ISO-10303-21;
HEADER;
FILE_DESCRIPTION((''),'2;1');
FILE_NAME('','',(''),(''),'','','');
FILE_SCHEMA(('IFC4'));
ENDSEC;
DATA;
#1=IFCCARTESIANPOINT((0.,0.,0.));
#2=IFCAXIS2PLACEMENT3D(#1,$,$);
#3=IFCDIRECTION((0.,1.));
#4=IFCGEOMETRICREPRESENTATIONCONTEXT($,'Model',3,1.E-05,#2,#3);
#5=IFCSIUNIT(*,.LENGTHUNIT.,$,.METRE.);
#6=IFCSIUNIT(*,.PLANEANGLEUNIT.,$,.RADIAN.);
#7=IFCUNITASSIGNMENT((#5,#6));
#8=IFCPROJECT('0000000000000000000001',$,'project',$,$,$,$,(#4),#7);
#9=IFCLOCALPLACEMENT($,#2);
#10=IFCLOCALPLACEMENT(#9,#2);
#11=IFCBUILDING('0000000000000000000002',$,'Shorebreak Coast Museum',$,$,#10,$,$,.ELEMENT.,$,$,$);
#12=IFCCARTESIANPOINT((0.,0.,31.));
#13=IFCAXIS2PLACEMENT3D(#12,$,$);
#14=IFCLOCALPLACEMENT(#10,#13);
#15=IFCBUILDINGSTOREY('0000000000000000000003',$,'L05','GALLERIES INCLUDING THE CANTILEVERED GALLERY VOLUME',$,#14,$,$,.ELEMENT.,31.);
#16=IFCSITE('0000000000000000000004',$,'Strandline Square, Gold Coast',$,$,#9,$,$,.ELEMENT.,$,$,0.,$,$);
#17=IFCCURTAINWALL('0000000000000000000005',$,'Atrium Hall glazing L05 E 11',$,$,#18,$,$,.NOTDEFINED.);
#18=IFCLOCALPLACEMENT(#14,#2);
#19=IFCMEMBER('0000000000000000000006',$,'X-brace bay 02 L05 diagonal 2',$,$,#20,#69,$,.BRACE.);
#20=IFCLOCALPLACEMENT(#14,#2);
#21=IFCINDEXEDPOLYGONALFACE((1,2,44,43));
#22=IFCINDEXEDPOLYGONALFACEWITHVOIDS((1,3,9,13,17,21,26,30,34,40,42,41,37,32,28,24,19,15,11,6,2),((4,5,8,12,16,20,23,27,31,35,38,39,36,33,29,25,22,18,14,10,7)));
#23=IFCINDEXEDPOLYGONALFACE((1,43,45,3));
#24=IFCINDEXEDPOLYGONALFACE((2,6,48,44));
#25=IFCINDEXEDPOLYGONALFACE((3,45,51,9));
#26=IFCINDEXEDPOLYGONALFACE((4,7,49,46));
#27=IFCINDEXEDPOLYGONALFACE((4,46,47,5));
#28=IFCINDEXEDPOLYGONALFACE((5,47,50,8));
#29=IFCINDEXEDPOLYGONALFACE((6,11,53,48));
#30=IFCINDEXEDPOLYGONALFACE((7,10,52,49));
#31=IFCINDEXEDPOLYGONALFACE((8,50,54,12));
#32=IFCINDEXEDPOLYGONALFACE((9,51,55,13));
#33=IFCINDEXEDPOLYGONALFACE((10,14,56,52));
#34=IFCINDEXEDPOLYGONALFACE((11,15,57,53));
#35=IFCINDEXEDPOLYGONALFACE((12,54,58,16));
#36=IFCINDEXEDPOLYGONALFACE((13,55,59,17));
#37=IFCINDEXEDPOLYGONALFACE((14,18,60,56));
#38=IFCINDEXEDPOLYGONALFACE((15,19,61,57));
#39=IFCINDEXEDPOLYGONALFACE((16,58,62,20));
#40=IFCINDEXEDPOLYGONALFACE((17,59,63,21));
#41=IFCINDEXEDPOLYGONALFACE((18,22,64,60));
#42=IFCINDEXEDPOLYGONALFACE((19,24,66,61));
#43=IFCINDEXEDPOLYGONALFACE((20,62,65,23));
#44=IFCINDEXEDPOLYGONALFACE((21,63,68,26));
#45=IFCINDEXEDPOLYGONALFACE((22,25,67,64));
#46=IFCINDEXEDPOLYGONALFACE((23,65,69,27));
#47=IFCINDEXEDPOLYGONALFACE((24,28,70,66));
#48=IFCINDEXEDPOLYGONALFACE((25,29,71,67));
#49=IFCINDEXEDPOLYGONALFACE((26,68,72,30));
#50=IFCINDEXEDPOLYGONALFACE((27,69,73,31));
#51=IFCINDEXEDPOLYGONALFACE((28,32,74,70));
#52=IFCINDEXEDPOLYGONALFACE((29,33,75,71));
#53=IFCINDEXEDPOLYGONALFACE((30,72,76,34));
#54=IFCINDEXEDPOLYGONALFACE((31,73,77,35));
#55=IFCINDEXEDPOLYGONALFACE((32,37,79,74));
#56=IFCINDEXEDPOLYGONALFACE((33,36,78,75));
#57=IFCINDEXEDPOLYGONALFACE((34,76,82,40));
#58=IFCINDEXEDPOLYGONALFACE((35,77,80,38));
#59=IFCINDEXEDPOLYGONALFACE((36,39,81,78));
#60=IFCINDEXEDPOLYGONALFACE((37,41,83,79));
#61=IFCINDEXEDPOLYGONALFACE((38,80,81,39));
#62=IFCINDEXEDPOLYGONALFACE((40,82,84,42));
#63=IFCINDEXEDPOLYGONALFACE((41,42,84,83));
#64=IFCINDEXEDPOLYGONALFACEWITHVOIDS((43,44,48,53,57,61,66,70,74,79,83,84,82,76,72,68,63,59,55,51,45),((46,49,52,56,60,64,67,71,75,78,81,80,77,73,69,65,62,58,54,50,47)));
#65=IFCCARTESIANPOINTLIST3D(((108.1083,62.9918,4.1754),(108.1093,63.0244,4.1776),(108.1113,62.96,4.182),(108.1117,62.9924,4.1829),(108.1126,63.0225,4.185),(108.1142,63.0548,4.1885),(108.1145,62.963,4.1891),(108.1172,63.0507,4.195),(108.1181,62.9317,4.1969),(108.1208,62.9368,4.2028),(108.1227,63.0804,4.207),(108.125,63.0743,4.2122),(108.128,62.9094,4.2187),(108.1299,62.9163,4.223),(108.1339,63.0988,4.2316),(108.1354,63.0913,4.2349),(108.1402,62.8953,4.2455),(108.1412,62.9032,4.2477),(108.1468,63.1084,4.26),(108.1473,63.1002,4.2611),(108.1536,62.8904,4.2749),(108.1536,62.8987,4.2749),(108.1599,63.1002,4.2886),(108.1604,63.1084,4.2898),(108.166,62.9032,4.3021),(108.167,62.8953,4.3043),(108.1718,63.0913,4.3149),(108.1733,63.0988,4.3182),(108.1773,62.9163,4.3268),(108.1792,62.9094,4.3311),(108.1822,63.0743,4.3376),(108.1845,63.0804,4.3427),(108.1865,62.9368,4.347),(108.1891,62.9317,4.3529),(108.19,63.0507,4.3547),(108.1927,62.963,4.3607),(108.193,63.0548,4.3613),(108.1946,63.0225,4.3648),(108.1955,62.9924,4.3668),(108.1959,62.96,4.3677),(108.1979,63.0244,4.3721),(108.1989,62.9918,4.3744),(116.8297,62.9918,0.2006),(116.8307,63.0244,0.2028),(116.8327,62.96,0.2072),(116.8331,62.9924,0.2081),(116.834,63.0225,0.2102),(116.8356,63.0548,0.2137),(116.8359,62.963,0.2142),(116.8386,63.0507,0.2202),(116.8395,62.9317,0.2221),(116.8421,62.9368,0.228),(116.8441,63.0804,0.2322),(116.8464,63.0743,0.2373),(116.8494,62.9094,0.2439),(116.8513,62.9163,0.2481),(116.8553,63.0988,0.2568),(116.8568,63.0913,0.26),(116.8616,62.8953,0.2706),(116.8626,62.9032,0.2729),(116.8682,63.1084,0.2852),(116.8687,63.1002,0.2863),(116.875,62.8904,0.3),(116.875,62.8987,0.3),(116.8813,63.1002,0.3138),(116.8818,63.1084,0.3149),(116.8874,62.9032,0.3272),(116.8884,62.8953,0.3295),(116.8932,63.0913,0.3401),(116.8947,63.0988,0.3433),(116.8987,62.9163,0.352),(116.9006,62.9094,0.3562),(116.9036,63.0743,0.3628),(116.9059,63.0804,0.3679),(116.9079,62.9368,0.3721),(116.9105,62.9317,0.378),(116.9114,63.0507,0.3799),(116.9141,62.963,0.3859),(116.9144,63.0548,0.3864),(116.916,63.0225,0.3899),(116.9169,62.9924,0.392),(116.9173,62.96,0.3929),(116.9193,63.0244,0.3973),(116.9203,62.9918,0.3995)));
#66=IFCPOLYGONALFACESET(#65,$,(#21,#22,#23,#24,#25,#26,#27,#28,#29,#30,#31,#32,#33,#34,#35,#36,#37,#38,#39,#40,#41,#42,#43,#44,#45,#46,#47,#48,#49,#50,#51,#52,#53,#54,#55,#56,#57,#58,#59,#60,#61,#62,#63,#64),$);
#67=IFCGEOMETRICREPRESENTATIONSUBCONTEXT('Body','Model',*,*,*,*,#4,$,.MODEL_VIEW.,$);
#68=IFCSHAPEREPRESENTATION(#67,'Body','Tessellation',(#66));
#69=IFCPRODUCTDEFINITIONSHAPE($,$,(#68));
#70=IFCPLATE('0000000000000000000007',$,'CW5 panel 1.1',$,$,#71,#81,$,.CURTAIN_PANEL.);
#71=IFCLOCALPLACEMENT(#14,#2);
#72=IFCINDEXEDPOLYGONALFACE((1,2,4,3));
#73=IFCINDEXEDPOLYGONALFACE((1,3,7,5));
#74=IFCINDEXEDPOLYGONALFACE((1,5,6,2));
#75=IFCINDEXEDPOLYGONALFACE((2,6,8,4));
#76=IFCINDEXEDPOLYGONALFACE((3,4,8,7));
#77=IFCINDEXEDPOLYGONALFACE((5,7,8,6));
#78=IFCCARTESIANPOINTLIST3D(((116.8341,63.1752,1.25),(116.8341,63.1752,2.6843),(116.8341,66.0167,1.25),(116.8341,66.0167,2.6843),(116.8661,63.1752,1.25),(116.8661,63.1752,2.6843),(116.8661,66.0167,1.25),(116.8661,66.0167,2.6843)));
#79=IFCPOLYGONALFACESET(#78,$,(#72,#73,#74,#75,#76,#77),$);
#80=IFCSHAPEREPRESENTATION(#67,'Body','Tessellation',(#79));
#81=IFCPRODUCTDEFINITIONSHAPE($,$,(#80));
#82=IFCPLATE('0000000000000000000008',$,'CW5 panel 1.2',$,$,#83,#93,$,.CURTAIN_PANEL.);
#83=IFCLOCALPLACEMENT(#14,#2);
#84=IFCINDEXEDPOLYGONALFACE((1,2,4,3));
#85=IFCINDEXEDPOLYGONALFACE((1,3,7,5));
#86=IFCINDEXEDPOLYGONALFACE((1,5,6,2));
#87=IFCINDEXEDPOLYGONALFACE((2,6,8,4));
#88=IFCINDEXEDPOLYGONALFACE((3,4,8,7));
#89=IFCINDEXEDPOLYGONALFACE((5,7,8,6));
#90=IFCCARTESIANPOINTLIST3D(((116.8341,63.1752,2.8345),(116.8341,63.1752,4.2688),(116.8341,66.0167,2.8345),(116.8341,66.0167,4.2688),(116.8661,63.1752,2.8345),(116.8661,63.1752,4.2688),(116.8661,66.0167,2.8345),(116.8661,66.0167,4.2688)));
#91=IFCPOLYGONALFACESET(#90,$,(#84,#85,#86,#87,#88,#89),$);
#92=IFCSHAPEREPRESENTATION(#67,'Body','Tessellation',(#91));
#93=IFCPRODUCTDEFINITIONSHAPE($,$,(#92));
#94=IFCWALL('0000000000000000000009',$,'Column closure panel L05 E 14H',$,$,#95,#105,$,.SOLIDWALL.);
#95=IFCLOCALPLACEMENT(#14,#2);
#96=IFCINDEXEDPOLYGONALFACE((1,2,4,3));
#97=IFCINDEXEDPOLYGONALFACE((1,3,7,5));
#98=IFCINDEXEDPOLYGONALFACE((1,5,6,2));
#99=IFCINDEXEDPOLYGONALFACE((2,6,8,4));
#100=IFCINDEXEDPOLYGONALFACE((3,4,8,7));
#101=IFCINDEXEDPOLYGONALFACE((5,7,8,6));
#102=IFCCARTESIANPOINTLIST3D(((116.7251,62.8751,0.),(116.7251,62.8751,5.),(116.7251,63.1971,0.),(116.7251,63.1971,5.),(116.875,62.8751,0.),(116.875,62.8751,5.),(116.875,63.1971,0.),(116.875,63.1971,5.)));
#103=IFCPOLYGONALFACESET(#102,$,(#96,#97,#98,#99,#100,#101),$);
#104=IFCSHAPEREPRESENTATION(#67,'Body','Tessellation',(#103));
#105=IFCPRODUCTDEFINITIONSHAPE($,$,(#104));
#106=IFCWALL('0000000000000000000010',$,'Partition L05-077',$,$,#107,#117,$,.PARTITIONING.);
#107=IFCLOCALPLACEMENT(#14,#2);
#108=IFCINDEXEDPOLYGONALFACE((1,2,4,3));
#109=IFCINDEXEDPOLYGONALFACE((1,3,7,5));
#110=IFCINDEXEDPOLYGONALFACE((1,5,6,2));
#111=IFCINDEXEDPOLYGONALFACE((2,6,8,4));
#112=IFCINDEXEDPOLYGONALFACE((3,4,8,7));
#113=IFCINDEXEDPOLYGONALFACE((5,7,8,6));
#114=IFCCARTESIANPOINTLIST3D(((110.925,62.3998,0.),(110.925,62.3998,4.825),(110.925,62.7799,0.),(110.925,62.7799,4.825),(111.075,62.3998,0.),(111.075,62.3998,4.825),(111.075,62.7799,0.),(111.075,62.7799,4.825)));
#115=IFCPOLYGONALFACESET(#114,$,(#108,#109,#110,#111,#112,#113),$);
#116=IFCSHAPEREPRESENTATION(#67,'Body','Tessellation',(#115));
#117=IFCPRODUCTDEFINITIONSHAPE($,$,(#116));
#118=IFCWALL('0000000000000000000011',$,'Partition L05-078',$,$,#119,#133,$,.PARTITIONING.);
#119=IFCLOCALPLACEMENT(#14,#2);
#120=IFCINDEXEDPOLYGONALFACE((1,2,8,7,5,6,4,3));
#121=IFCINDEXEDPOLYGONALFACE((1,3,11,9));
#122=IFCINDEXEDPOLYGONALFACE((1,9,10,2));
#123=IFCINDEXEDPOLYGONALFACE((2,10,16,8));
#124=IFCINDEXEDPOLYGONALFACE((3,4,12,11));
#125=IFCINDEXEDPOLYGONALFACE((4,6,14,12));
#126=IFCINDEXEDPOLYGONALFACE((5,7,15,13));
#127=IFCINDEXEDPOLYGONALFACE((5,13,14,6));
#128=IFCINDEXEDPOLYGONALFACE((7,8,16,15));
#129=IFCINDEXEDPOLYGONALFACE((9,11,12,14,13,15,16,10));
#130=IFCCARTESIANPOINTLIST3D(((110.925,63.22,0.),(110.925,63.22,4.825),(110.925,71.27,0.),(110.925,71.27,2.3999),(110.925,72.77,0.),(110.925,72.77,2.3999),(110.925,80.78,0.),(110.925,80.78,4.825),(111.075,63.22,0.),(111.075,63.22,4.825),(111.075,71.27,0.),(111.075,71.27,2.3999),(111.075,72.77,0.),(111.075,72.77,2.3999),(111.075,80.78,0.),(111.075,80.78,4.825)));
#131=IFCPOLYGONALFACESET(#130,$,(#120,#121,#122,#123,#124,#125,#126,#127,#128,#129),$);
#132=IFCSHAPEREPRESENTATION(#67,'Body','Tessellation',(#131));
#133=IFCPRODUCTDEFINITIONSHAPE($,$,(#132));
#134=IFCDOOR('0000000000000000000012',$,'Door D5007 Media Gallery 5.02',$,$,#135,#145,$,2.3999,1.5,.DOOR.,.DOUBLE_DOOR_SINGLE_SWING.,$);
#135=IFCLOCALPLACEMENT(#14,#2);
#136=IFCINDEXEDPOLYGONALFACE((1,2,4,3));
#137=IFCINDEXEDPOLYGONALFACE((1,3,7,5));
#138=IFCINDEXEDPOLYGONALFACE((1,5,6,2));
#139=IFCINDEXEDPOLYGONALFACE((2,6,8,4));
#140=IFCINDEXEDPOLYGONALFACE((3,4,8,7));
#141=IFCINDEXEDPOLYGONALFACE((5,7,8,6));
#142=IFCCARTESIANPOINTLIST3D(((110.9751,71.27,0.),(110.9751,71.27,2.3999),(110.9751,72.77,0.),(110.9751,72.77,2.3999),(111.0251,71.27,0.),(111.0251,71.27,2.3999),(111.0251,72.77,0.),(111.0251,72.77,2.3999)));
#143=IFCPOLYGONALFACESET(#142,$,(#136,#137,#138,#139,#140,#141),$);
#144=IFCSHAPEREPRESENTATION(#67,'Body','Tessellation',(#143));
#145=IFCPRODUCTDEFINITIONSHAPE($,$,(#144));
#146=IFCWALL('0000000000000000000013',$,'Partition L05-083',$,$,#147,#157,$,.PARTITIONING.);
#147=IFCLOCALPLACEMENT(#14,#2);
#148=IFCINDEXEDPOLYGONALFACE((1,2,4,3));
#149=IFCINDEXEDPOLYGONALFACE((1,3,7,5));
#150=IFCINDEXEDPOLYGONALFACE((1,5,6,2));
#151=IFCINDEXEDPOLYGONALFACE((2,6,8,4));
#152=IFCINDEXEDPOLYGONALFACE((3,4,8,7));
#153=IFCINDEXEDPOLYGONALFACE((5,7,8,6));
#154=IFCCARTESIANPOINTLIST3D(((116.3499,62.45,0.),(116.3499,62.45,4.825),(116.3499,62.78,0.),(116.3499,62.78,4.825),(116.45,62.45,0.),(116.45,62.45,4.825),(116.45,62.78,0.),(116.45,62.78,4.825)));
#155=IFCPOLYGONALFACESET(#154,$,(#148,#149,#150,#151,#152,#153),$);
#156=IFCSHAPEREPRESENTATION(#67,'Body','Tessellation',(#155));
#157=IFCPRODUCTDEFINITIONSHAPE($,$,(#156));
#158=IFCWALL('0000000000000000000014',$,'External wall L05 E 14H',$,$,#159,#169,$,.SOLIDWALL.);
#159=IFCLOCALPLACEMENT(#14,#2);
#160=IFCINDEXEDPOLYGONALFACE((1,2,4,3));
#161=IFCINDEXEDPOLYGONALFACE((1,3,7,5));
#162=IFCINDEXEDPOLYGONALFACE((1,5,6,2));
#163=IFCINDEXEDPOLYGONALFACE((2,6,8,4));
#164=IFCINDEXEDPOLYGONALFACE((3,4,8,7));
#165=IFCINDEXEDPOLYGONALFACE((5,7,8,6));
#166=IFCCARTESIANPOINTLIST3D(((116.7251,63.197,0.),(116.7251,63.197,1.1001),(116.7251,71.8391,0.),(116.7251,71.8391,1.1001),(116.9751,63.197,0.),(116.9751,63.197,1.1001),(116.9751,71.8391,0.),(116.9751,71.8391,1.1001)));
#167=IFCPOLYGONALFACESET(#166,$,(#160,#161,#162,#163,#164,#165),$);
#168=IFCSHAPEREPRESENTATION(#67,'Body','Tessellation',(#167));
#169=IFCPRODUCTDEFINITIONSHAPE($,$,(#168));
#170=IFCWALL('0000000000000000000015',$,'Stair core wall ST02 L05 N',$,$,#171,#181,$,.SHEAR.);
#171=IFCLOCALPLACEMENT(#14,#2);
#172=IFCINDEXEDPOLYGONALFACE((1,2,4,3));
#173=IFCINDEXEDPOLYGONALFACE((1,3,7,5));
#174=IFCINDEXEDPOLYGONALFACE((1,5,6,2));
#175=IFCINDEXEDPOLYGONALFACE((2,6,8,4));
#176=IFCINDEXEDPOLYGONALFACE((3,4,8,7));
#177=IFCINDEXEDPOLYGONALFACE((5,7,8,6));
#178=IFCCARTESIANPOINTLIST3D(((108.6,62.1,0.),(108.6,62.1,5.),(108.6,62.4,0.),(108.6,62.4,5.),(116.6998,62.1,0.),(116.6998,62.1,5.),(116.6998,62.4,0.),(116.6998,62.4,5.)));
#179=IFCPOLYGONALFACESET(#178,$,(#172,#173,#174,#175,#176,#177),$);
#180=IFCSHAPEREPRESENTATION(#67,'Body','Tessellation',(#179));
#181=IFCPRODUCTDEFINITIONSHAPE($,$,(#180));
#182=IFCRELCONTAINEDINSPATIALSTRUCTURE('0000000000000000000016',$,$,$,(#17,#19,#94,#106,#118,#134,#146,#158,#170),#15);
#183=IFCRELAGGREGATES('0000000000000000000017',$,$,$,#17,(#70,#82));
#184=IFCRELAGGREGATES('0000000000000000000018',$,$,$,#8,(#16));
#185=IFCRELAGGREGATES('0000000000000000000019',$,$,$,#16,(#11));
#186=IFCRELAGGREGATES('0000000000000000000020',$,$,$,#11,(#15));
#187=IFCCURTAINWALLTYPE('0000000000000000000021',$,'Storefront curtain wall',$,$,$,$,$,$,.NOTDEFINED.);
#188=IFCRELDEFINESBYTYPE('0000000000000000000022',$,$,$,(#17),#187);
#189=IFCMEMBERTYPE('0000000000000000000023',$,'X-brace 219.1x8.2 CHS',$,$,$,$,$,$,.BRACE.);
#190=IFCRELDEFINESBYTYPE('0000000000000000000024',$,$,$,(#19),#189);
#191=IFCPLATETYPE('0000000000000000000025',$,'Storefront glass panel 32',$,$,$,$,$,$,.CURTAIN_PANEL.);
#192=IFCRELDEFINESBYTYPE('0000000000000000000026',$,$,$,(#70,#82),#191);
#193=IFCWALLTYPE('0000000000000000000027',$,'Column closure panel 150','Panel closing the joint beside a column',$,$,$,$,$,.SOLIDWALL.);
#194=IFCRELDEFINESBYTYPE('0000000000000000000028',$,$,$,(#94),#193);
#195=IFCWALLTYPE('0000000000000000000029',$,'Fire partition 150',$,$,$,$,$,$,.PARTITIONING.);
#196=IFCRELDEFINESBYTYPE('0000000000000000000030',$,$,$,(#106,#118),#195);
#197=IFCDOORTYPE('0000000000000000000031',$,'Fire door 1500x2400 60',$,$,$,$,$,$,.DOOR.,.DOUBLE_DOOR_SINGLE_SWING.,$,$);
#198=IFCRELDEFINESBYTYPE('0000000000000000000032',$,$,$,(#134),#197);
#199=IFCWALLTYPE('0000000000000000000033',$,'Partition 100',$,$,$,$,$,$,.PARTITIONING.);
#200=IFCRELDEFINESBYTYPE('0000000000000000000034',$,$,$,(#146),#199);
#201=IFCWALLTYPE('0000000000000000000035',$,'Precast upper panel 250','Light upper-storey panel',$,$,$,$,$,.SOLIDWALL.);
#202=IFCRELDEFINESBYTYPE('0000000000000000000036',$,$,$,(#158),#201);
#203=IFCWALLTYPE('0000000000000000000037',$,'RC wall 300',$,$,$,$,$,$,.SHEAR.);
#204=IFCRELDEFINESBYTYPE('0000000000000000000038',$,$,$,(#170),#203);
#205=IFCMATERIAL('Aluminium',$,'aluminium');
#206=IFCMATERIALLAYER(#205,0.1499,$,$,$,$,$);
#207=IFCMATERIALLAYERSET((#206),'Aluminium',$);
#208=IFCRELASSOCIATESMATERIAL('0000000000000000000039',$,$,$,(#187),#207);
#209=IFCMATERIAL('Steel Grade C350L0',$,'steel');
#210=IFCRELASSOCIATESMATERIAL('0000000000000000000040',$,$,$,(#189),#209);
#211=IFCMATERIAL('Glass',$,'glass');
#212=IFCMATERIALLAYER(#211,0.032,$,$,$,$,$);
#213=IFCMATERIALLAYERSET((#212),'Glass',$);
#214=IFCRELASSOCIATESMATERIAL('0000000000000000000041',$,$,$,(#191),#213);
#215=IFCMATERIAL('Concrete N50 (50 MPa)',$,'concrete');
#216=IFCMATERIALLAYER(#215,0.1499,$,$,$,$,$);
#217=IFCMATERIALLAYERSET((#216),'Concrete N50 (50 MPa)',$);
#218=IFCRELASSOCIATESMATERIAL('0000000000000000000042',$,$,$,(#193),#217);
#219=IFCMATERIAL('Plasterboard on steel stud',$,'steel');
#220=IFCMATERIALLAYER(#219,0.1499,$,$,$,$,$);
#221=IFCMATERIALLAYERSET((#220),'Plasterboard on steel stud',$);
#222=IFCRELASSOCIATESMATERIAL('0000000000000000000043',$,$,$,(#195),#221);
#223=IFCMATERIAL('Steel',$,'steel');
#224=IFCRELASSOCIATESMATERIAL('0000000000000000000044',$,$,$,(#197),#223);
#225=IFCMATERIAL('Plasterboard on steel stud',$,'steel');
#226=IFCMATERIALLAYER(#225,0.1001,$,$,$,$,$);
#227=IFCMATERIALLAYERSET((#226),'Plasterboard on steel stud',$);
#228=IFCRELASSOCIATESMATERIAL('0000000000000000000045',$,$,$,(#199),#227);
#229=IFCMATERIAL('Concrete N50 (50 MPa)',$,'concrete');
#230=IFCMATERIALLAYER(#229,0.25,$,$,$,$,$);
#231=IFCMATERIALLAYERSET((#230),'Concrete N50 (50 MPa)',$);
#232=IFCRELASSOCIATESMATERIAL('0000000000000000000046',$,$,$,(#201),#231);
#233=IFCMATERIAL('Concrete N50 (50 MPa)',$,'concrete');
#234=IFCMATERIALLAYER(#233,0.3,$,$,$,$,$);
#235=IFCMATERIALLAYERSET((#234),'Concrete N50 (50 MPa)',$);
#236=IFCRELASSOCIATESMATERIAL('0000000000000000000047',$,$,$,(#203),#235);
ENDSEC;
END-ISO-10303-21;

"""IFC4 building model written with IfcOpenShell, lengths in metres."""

from ifc_helpers import new_model, si_unit, direction, frame, frame_2d, origin, origin_2d, place, context, subcontext, project, spatial, rectangle, hollow_circle, extrude, material, layer, layer_set, material_profile, profile_set, type_object, element, fill, aggregate, save


model = new_model("IFC4")

# Units and contexts
model_context = context("Model", 3, precision=1e-05, world=origin(), true_north=direction((0.0, 1.0)))
body_context = subcontext(model_context, "Body", "Model", "MODEL_VIEW")
ifc_project = project(units=[si_unit("LENGTHUNIT", "METRE"), si_unit("PLANEANGLEUNIT", "RADIAN")], contexts=[model_context])

# Site, building, storey
site_placement = place(None, origin())
site = spatial("IfcSite", under=ifc_project, at=site_placement, Name="Strandline Square, Gold Coast", CompositionType="ELEMENT", RefElevation=0.0)
building_placement = place(site_placement, origin())
building = spatial("IfcBuilding", under=site, at=building_placement, Name="Shorebreak Coast Museum", CompositionType="ELEMENT")
storey_placement = place(building_placement, frame((0.0, 0.0, 31.0)))
storey = spatial("IfcBuildingStorey", under=building, at=storey_placement, Name="L05", Description="GALLERIES INCLUDING THE CANTILEVERED GALLERY VOLUME", CompositionType="ELEMENT", Elevation=31.0)

# Curtain wall
ifc_material_1 = material(Name="Aluminium", Category="aluminium")
ifc_layer_1 = layer(ifc_material_1, 0.1499)
ifc_layer_set_1 = layer_set([ifc_layer_1], Name="Aluminium")
curtain_wall_type = type_object("IfcCurtainWallType", Name="Storefront curtain wall", PredefinedType="NOTDEFINED", material=ifc_layer_set_1)
curtain_wall_placement = place(storey_placement, origin())
curtain_wall = element("IfcCurtainWall", 1, at=curtain_wall_placement, inside=storey, type_object=curtain_wall_type, Name="Atrium Hall glazing L05 E 11", PredefinedType="NOTDEFINED")

# Member
ifc_material_2 = material(Name="Steel Grade C350L0", Category="steel")
ifc_material_profile_1 = material_profile(ifc_material_2, hollow_circle(Radius=0.1096, WallThickness=0.0083, at=origin_2d()), Name="219.1x8.2 CHS")
ifc_profile_set_1 = profile_set([ifc_material_profile_1], Name="Steel Grade C350L0")
member_type_1 = type_object("IfcMemberType", Name="X-brace 219.1x8.2 CHS", PredefinedType="BRACE", material=ifc_profile_set_1)
for number, where, z_axis, x_axis, name in (
    (2, (116.875, 63.0, 0.3), (-0.909951, 0.0, 0.414716), (0.0, -1.0, 0.0), "X-brace bay 02 L05 diagonal 2"),
):
    element("IfcMember", number, at=place(storey_placement, frame(where, z_axis=z_axis, x_axis=x_axis)), inside=storey, type_object=member_type_1, Name=name, PredefinedType="BRACE", context=body_context, shape_type="SweptSolid", body=[
        extrude(hollow_circle(Radius=0.1096, WallThickness=0.0083, at=origin_2d()), origin(), (0.0, 0.0, 1.0), 9.5845),
    ])

# Plates
ifc_material_3 = material(Name="Glass", Category="glass")
ifc_layer_2 = layer(ifc_material_3, 0.032)
ifc_layer_set_2 = layer_set([ifc_layer_2], Name="Glass")
plate_type = type_object("IfcPlateType", Name="Storefront glass panel 32", PredefinedType="CURTAIN_PANEL", material=ifc_layer_set_2)
plate_1_placement = place(storey_placement, frame((116.8501, 64.5959, 1.25), z_axis=(0.0, 0.0, 1.0), x_axis=(0.0, 1.0, 0.0)))
plate_1 = element("IfcPlate", 3, at=plate_1_placement, type_object=plate_type, Name="CW5 panel 1.1", PredefinedType="CURTAIN_PANEL", context=body_context, shape_type="SweptSolid", body=[
    extrude(rectangle(XDim=2.8416, YDim=0.032, at=origin_2d()), origin(), (0.0, 0.0, 1.0), 1.4343),
])
plate_2_placement = place(storey_placement, frame((116.8501, 64.5959, 2.8345), z_axis=(0.0, 0.0, 1.0), x_axis=(0.0, 1.0, 0.0)))
plate_2 = element("IfcPlate", 4, at=plate_2_placement, type_object=plate_type, Name="CW5 panel 1.2", PredefinedType="CURTAIN_PANEL", context=body_context, shape_type="SweptSolid", body=[
    extrude(rectangle(XDim=2.8416, YDim=0.032, at=origin_2d()), origin(), (0.0, 0.0, 1.0), 1.4343),
])
aggregate(curtain_wall, [plate_1, plate_2])

# Walls
ifc_material_4 = material(Name="Concrete N50 (50 MPa)", Category="concrete")
ifc_layer_3 = layer(ifc_material_4, 0.1499)
ifc_layer_set_3 = layer_set([ifc_layer_3], Name="Concrete N50 (50 MPa)")
wall_type_1 = type_object("IfcWallType", Name="Column closure panel 150", Description="Panel closing the joint beside a column", PredefinedType="SOLIDWALL", material=ifc_layer_set_3)
wall_1_placement = place(storey_placement, frame((116.8, 62.875, 0.0), z_axis=(0.0, 0.0, 1.0), x_axis=(0.0, 1.0, 0.0)))
element("IfcWall", 5, at=wall_1_placement, inside=storey, type_object=wall_type_1, Name="Column closure panel L05 E 14H", PredefinedType="SOLIDWALL", context=body_context, shape_type="SweptSolid", body=[
    extrude(rectangle(XDim=0.322, YDim=0.1499, at=frame_2d((0.1611, 0.0))), origin(), (0.0, 0.0, 1.0), 5.0),
])
ifc_material_5 = material(Name="Plasterboard on steel stud", Category="steel")
ifc_layer_4 = layer(ifc_material_5, 0.1499)
ifc_layer_set_4 = layer_set([ifc_layer_4], Name="Plasterboard on steel stud")
wall_type_2 = type_object("IfcWallType", Name="Fire partition 150", PredefinedType="PARTITIONING", material=ifc_layer_set_4)
wall_2_placement = place(storey_placement, frame((111.0, 62.3999, 0.0), z_axis=(0.0, 0.0, 1.0), x_axis=(0.0, 1.0, 0.0)))
element("IfcWall", 6, at=wall_2_placement, inside=storey, type_object=wall_type_2, Name="Partition L05-077", PredefinedType="PARTITIONING", context=body_context, shape_type="SweptSolid", body=[
    extrude(rectangle(XDim=0.3801, YDim=0.1499, at=frame_2d((0.1899, 0.0))), origin(), (0.0, 0.0, 1.0), 4.825),
])

# Wall, opening, door
wall_3_placement = place(storey_placement, frame((111.0, 63.22, 0.0), z_axis=(0.0, 0.0, 1.0), x_axis=(0.0, 1.0, 0.0)))
wall_3 = element("IfcWall", 7, at=wall_3_placement, inside=storey, type_object=wall_type_2, Name="Partition L05-078", PredefinedType="PARTITIONING", context=body_context, shape_type="SweptSolid", body=[
    extrude(rectangle(XDim=17.5601, YDim=0.1499, at=frame_2d((8.78, 0.0))), origin(), (0.0, 0.0, 1.0), 4.825),
])
opening_placement = place(wall_3_placement, frame((8.05, 0.0, 0.0)))
opening = element("IfcOpeningElement", 8, at=opening_placement, cuts=wall_3, PredefinedType="OPENING", context=body_context, shape_type="SweptSolid", body=[
    extrude(rectangle(XDim=1.5, YDim=2.3999, at=frame_2d((0.75, 1.2))), frame((0.0, 0.085, 0.0), z_axis=(0.0, -1.0, 0.0), x_axis=(1.0, 0.0, 0.0)), (0.0, 0.0, 1.0), 0.1699),
])
ifc_material_6 = material(Name="Steel", Category="steel")
door_type = type_object("IfcDoorType", Name="Fire door 1500x2400 60", OperationType="DOUBLE_DOOR_SINGLE_SWING", PredefinedType="DOOR", material=ifc_material_6)
door_placement = place(opening_placement, origin())
door = element("IfcDoor", 9, at=door_placement, inside=storey, type_object=door_type, Name="Door D5007 Media Gallery 5.02", OperationType="DOUBLE_DOOR_SINGLE_SWING", OverallHeight=2.3999, OverallWidth=1.5, PredefinedType="DOOR", context=body_context, shape_type="SweptSolid", body=[
    extrude(rectangle(XDim=1.5, YDim=2.3999, at=frame_2d((0.75, 1.2))), frame((0.0, 0.0249, 0.0), z_axis=(0.0, -1.0, 0.0), x_axis=(1.0, 0.0, 0.0)), (0.0, 0.0, 1.0), 0.05),
])
fill(opening, door)

# Walls
ifc_material_7 = material(Name="Plasterboard on steel stud", Category="steel")
ifc_layer_5 = layer(ifc_material_7, 0.1001)
ifc_layer_set_5 = layer_set([ifc_layer_5], Name="Plasterboard on steel stud")
wall_type_3 = type_object("IfcWallType", Name="Partition 100", PredefinedType="PARTITIONING", material=ifc_layer_set_5)
wall_4_placement = place(storey_placement, frame((116.3999, 62.45, 0.0), z_axis=(0.0, 0.0, 1.0), x_axis=(0.0, 1.0, 0.0)))
element("IfcWall", 10, at=wall_4_placement, inside=storey, type_object=wall_type_3, Name="Partition L05-083", PredefinedType="PARTITIONING", context=body_context, shape_type="SweptSolid", body=[
    extrude(rectangle(XDim=0.3301, YDim=0.1001, at=frame_2d((0.165, 0.0))), origin(), (0.0, 0.0, 1.0), 4.825),
])
ifc_material_8 = material(Name="Concrete N50 (50 MPa)", Category="concrete")
ifc_layer_6 = layer(ifc_material_8, 0.25)
ifc_layer_set_6 = layer_set([ifc_layer_6], Name="Concrete N50 (50 MPa)")
wall_type_4 = type_object("IfcWallType", Name="Precast upper panel 250", Description="Light upper-storey panel", PredefinedType="SOLIDWALL", material=ifc_layer_set_6)
wall_5_placement = place(storey_placement, frame((116.8501, 63.197, 0.0), z_axis=(0.0, 0.0, 1.0), x_axis=(0.0, 1.0, 0.0)))
element("IfcWall", 11, at=wall_5_placement, inside=storey, type_object=wall_type_4, Name="External wall L05 E 14H", PredefinedType="SOLIDWALL", context=body_context, shape_type="SweptSolid", body=[
    extrude(rectangle(XDim=8.6421, YDim=0.25, at=frame_2d((4.321, 0.0))), origin(), (0.0, 0.0, 1.0), 1.1001),
])
ifc_material_9 = material(Name="Concrete N50 (50 MPa)", Category="concrete")
ifc_layer_7 = layer(ifc_material_9, 0.3)
ifc_layer_set_7 = layer_set([ifc_layer_7], Name="Concrete N50 (50 MPa)")
wall_type_5 = type_object("IfcWallType", Name="RC wall 300", PredefinedType="SHEAR", material=ifc_layer_set_7)
wall_6_placement = place(storey_placement, frame((108.6001, 62.25, 0.0), z_axis=(0.0, 0.0, 1.0), x_axis=(1.0, 0.0, 0.0)))
element("IfcWall", 12, at=wall_6_placement, inside=storey, type_object=wall_type_5, Name="Stair core wall ST02 L05 N", PredefinedType="SHEAR", context=body_context, shape_type="SweptSolid", body=[
    extrude(rectangle(XDim=8.0999, YDim=0.3, at=frame_2d((4.0498, 0.0))), origin(), (0.0, 0.0, 1.0), 5.0),
])

save(model, "model.ifc")
